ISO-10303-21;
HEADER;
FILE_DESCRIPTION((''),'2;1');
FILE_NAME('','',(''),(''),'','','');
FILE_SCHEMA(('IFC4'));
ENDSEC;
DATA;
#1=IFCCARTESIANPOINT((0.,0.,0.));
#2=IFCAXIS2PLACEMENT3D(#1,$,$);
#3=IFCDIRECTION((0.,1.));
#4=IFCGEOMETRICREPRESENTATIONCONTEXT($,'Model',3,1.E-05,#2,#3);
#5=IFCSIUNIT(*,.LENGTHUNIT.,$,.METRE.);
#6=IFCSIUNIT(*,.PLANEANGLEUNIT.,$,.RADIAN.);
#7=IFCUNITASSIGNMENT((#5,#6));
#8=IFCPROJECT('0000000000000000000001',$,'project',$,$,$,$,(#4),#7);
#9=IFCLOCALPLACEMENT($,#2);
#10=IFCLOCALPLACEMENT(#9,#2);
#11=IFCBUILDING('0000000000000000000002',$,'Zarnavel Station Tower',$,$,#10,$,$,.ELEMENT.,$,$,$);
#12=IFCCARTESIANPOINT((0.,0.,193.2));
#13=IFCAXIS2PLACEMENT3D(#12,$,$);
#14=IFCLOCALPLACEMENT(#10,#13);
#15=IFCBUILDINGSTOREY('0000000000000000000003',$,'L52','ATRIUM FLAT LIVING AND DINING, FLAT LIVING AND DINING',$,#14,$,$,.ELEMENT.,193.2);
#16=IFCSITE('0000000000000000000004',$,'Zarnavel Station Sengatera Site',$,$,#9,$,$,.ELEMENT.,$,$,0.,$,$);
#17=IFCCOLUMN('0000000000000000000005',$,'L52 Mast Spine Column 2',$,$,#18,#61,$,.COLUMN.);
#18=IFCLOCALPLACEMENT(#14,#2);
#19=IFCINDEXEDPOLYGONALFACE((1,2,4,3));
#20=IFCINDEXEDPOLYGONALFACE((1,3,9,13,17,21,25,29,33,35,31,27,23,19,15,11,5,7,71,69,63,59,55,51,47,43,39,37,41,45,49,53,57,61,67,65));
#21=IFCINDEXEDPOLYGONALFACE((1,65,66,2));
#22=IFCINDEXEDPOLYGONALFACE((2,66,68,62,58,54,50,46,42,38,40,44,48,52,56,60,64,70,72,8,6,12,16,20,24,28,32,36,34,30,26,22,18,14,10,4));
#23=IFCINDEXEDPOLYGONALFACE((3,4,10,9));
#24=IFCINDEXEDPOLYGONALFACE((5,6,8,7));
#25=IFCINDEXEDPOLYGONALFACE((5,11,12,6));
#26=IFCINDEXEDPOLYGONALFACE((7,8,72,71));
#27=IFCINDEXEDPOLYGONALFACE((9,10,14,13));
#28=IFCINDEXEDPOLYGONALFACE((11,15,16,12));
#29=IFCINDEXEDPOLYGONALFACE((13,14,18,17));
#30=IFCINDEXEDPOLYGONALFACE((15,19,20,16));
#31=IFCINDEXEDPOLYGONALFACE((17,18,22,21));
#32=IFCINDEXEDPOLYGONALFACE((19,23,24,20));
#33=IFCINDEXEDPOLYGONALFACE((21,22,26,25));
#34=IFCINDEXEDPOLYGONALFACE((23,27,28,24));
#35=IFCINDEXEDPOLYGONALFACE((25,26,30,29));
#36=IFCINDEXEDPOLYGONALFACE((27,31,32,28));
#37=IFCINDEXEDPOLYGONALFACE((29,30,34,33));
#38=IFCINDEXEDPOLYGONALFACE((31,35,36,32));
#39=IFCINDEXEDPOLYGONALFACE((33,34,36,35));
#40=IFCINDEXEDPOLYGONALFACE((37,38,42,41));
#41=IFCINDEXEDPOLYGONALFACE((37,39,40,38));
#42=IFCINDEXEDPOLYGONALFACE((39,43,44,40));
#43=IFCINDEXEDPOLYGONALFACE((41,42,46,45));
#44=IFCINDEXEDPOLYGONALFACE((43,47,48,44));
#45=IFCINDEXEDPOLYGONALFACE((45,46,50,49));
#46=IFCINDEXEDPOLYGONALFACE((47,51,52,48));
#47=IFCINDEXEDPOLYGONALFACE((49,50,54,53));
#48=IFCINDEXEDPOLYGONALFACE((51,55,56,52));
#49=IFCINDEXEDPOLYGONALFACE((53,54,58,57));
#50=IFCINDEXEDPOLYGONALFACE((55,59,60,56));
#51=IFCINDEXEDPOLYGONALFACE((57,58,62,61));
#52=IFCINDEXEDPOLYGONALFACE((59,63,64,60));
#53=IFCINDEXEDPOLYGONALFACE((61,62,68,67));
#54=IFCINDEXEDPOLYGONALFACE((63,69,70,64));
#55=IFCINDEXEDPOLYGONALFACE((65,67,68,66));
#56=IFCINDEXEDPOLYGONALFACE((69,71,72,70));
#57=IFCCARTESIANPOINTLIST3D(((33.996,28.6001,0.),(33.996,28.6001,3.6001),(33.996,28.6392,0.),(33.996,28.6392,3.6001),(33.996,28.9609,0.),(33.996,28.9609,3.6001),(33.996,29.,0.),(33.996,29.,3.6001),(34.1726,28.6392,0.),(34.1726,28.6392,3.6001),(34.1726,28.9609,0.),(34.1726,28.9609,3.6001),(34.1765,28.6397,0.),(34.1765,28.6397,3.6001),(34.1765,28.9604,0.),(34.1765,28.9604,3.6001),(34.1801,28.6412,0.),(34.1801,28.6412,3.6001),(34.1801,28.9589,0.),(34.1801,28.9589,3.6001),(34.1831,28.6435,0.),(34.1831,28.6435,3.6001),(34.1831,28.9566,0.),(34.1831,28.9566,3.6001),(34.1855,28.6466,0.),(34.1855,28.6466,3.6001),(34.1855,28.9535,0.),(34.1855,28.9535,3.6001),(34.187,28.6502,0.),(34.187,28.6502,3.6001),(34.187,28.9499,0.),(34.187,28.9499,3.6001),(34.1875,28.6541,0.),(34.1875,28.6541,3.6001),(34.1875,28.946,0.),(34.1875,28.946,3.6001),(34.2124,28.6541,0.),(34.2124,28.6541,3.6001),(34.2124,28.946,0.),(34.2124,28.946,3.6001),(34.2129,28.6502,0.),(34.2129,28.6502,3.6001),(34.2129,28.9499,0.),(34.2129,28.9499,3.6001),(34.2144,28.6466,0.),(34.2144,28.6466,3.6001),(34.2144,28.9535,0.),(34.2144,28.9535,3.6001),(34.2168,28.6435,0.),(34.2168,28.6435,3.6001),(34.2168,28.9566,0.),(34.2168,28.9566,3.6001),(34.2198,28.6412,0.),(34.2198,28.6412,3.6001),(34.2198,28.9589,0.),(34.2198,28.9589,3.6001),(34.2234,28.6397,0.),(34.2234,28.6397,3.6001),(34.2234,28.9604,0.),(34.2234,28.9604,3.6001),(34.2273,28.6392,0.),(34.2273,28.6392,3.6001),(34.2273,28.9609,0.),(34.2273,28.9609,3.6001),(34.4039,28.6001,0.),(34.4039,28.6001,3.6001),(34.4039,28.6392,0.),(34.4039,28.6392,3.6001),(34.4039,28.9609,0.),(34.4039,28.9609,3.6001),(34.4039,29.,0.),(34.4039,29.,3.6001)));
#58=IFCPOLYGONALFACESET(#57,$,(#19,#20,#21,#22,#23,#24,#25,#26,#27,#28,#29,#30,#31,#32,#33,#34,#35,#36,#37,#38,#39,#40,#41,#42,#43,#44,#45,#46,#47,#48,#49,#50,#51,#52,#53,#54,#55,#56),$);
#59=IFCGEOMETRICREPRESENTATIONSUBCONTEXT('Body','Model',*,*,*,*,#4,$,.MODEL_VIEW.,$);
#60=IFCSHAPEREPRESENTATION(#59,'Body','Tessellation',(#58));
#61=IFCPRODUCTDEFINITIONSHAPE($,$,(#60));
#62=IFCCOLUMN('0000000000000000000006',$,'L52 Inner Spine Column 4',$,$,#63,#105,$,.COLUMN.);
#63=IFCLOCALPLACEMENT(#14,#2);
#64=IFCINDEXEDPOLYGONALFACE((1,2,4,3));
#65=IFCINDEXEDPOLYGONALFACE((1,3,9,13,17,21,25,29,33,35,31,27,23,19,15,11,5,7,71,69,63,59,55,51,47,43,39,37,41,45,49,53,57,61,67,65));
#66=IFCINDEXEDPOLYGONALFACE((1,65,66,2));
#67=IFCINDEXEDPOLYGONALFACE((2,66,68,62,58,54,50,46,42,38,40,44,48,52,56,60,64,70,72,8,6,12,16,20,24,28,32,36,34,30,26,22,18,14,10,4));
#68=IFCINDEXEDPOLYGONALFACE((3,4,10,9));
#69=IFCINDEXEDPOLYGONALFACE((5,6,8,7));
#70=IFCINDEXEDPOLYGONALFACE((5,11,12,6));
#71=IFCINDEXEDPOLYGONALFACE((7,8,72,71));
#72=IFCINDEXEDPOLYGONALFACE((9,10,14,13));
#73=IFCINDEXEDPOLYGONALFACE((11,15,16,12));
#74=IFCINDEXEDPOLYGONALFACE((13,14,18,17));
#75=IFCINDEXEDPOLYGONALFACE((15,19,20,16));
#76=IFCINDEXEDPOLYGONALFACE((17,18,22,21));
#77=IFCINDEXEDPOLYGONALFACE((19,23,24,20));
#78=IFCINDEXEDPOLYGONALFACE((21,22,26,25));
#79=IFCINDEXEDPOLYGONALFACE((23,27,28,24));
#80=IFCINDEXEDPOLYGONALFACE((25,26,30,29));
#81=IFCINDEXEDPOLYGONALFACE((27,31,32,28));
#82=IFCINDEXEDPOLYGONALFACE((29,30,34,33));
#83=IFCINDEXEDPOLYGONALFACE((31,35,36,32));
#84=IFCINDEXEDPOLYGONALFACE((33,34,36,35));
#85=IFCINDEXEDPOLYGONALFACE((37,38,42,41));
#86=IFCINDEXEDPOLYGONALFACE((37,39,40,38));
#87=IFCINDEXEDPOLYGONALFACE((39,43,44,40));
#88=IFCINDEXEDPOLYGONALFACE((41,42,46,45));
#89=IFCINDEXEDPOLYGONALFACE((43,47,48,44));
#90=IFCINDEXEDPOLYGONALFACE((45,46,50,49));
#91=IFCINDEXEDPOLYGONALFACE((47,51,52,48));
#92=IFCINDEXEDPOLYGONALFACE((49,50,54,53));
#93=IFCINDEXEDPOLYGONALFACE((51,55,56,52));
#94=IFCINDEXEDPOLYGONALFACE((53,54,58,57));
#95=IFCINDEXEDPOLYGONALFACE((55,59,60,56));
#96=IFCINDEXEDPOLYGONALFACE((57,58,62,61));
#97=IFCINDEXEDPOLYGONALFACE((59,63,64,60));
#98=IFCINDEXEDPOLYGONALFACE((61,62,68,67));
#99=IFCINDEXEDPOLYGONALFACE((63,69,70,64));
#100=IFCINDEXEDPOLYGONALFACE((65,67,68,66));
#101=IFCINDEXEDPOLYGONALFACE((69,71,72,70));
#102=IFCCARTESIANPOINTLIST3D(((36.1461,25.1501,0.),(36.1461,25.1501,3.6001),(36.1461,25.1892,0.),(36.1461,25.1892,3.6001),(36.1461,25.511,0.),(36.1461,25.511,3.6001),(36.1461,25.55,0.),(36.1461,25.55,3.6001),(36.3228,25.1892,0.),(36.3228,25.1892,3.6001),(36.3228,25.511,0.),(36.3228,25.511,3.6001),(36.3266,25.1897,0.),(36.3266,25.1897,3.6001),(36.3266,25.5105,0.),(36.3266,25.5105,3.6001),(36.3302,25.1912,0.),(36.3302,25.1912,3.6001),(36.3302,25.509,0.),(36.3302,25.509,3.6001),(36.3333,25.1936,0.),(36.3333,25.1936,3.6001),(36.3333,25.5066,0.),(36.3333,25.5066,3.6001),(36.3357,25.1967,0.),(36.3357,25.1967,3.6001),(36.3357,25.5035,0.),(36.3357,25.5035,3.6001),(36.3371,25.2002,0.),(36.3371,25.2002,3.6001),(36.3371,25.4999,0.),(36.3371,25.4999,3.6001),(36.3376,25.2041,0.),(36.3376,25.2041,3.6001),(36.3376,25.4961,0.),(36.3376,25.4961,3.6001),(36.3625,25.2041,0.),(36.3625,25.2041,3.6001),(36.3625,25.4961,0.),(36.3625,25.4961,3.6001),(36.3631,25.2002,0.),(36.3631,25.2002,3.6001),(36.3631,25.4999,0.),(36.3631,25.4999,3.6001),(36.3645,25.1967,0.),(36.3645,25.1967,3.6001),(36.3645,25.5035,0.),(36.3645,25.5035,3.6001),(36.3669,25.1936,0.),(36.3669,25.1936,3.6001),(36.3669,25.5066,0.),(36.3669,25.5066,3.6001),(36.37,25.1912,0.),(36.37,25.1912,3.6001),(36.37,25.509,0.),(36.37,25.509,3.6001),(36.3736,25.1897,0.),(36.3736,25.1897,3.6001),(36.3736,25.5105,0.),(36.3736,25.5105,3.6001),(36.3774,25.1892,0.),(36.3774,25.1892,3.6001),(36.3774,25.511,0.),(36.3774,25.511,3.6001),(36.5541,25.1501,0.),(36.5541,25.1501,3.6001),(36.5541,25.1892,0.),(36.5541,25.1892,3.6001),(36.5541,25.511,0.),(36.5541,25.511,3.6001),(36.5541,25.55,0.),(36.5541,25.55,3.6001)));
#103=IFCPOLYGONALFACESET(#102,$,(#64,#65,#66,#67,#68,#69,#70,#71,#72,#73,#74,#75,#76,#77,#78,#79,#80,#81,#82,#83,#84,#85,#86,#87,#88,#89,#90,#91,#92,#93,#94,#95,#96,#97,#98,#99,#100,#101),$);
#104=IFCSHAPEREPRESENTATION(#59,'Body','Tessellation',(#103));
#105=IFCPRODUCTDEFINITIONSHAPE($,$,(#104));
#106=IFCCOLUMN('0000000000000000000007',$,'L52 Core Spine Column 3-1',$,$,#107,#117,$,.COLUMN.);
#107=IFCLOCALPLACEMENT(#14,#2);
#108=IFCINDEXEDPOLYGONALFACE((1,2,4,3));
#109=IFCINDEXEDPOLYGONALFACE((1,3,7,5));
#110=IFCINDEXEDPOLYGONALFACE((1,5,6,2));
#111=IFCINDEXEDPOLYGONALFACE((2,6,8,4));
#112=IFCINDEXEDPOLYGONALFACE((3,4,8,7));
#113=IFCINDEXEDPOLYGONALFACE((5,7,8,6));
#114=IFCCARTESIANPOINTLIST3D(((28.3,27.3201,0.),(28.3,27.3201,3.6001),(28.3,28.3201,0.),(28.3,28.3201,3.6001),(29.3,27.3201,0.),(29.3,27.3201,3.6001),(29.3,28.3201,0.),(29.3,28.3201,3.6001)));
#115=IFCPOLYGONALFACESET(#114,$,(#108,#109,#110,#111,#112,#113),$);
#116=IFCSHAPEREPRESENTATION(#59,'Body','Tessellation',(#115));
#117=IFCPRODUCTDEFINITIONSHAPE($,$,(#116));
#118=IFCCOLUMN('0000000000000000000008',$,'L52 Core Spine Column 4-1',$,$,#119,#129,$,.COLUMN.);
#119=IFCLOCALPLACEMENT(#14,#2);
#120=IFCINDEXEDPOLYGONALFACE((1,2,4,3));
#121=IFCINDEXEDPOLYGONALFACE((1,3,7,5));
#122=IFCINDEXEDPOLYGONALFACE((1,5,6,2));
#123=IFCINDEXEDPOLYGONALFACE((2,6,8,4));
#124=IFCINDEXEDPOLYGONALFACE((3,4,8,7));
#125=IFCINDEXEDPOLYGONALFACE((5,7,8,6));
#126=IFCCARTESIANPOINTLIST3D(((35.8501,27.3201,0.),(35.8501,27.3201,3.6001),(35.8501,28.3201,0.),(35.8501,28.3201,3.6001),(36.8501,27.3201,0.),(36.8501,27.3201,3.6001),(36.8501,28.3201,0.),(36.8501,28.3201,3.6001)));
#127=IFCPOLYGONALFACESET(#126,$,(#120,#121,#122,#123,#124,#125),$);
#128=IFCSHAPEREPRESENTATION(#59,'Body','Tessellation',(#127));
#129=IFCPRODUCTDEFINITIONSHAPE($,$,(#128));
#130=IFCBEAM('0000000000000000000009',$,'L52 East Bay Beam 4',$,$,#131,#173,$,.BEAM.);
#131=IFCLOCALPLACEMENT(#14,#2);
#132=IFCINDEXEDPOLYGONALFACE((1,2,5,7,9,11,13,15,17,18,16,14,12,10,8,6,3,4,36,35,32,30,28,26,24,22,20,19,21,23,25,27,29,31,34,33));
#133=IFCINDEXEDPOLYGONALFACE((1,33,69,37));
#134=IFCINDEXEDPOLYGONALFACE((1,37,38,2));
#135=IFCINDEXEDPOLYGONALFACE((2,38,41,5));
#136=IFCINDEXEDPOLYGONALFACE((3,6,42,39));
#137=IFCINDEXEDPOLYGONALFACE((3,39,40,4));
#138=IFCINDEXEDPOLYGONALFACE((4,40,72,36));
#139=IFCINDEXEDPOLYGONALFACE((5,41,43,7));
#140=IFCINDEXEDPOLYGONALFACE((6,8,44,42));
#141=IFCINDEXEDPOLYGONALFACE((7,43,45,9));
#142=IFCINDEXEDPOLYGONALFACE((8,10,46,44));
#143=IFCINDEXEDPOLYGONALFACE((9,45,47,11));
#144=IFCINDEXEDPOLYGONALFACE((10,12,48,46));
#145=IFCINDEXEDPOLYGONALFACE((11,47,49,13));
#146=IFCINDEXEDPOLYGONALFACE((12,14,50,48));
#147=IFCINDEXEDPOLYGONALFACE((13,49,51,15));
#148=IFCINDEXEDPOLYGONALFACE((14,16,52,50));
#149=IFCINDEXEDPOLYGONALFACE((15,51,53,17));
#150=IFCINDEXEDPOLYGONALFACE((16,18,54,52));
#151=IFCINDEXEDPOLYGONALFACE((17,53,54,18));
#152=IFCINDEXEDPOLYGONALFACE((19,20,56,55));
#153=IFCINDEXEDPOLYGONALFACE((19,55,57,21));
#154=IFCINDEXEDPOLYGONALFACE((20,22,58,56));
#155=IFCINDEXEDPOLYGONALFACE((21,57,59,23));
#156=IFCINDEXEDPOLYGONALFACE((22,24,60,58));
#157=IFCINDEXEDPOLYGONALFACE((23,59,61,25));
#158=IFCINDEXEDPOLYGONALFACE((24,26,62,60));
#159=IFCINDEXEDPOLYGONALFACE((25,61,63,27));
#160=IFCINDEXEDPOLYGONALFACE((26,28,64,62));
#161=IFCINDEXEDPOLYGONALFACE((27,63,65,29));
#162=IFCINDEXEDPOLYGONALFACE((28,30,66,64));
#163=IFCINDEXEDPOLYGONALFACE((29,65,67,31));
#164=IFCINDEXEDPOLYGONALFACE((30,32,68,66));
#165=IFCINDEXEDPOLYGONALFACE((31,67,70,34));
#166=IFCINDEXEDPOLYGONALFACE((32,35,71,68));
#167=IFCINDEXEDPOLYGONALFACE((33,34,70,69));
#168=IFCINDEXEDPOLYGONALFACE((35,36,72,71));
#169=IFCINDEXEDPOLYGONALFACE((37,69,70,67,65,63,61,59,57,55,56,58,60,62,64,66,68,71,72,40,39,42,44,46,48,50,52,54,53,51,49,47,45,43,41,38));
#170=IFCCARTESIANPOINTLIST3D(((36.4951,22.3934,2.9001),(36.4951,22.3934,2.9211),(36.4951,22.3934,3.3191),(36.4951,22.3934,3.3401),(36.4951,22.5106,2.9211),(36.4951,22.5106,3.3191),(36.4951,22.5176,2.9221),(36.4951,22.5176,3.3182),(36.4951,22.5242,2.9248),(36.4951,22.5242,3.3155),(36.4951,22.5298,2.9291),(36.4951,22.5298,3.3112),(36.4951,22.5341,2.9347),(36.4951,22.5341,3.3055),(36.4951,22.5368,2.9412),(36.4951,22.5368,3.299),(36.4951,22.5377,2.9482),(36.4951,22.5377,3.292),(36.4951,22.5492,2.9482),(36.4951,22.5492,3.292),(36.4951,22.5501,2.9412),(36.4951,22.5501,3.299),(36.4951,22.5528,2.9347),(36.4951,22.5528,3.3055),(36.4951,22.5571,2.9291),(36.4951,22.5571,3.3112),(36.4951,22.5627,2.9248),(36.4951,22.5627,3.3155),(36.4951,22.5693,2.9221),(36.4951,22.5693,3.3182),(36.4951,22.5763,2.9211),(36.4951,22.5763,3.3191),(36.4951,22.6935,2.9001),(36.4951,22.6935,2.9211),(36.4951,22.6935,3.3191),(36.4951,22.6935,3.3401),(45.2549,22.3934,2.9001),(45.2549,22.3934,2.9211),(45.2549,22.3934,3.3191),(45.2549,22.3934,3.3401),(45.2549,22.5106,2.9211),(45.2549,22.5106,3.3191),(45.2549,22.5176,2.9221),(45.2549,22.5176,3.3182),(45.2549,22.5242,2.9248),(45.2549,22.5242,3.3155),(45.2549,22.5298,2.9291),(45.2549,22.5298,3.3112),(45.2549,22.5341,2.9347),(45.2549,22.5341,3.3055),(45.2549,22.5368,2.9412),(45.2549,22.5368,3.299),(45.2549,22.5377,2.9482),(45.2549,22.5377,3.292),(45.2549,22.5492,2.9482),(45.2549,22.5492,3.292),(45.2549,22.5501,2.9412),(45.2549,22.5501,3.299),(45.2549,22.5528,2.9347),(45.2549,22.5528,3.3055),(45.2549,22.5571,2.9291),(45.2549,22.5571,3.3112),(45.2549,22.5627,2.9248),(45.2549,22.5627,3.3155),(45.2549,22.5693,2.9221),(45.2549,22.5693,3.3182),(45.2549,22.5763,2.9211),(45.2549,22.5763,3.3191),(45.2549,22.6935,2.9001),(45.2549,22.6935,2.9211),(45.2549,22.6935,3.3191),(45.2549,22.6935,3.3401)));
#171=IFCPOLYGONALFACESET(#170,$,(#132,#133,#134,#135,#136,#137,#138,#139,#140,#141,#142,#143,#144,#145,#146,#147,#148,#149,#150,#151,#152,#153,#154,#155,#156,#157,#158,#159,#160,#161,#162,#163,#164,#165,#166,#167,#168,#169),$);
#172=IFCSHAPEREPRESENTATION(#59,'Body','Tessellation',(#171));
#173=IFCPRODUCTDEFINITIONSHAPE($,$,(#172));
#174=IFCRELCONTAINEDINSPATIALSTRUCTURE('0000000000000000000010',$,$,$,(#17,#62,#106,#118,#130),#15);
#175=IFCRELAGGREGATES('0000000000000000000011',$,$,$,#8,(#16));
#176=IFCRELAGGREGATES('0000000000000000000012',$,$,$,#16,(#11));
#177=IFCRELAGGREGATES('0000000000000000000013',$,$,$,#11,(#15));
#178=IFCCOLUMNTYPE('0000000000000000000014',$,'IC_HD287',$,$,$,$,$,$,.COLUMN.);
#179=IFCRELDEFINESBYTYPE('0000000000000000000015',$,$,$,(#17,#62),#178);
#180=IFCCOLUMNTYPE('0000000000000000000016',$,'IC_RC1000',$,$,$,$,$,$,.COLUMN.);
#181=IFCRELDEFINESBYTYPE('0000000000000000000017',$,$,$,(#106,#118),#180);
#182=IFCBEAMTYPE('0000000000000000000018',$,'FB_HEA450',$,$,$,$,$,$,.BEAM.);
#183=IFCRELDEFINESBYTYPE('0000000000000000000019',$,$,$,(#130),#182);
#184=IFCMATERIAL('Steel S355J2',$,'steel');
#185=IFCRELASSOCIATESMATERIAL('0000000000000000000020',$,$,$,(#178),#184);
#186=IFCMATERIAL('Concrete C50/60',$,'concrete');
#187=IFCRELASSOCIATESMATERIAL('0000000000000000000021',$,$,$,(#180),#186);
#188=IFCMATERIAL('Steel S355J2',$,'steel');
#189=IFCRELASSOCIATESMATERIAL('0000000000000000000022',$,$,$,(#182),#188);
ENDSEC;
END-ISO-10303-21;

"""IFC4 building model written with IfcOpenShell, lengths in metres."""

from ifc_helpers import new_model, si_unit, direction, frame, origin, origin_2d, place, context, subcontext, project, spatial, rectangle, i_section, extrude, material, material_profile, profile_set, type_object, element, save


model = new_model("IFC4")

# Units and contexts
model_context = context("Model", 3, precision=1e-05, world=origin(), true_north=direction((0.0, 1.0)))
body_context = subcontext(model_context, "Body", "Model", "MODEL_VIEW")
ifc_project = project(units=[si_unit("LENGTHUNIT", "METRE"), si_unit("PLANEANGLEUNIT", "RADIAN")], contexts=[model_context])

# Site, building, storey
site_placement = place(None, origin())
site = spatial("IfcSite", under=ifc_project, at=site_placement, Name="Zarnavel Station Sengatera Site", CompositionType="ELEMENT", RefElevation=0.0)
building_placement = place(site_placement, origin())
building = spatial("IfcBuilding", under=site, at=building_placement, Name="Zarnavel Station Tower", CompositionType="ELEMENT")
storey_placement = place(building_placement, frame((0.0, 0.0, 193.2)))
storey = spatial("IfcBuildingStorey", under=building, at=storey_placement, Name="L52", Description="ATRIUM FLAT LIVING AND DINING, FLAT LIVING AND DINING", CompositionType="ELEMENT", Elevation=193.2)

# Columns
ifc_material_1 = material(Name="Steel S355J2", Category="steel")
ifc_material_profile_1 = material_profile(ifc_material_1, i_section(OverallWidth=0.408, OverallDepth=0.3999, WebThickness=0.0249, FlangeThickness=0.0391, FilletRadius=0.0149, at=origin_2d()), Name="HD400x287")
ifc_profile_set_1 = profile_set([ifc_material_profile_1], Name="Steel S355J2")
column_type_1 = type_object("IfcColumnType", Name="IC_HD287", PredefinedType="COLUMN", material=ifc_profile_set_1)
for number, where, z_axis, x_axis, name in (
    (1, (34.2, 28.8, 0.0), (0.0, 0.0, 1.0), (1.0, 0.0, 0.0), "L52 Mast Spine Column 2"),
    (2, (36.3501, 25.3501, 0.0), (0.0, 0.0, 1.0), (1.0, 0.0, 0.0), "L52 Inner Spine Column 4"),
):
    element("IfcColumn", number, at=place(storey_placement, frame(where, z_axis=z_axis, x_axis=x_axis)), inside=storey, type_object=column_type_1, Name=name, PredefinedType="COLUMN", context=body_context, shape_type="SweptSolid", body=[
        extrude(i_section(OverallWidth=0.408, OverallDepth=0.3999, WebThickness=0.0249, FlangeThickness=0.0391, FilletRadius=0.0149, at=origin_2d()), origin(), (0.0, 0.0, 1.0), 3.6001),
    ])
ifc_material_2 = material(Name="Concrete C50/60", Category="concrete")
ifc_material_profile_2 = material_profile(ifc_material_2, rectangle(XDim=1.0, YDim=1.0, at=origin_2d()), Name="RC1000x1000")
ifc_profile_set_2 = profile_set([ifc_material_profile_2], Name="Concrete C50/60")
column_type_2 = type_object("IfcColumnType", Name="IC_RC1000", PredefinedType="COLUMN", material=ifc_profile_set_2)
for number, where, z_axis, x_axis, name in (
    (3, (28.8, 27.8201, 0.0), (0.0, 0.0, 1.0), (1.0, 0.0, 0.0), "L52 Core Spine Column 3-1"),
    (4, (36.3501, 27.8201, 0.0), (0.0, 0.0, 1.0), (1.0, 0.0, 0.0), "L52 Core Spine Column 4-1"),
):
    element("IfcColumn", number, at=place(storey_placement, frame(where, z_axis=z_axis, x_axis=x_axis)), inside=storey, type_object=column_type_2, Name=name, PredefinedType="COLUMN", context=body_context, shape_type="SweptSolid", body=[
        extrude(rectangle(XDim=1.0, YDim=1.0, at=origin_2d()), origin(), (0.0, 0.0, 1.0), 3.6001),
    ])

# Beam
ifc_material_3 = material(Name="Steel S355J2", Category="steel")
ifc_material_profile_3 = material_profile(ifc_material_3, i_section(OverallWidth=0.3, OverallDepth=0.4399, WebThickness=0.0115, FlangeThickness=0.021, FilletRadius=0.0271, at=origin_2d()), Name="HEA450")
ifc_profile_set_3 = profile_set([ifc_material_profile_3], Name="Steel S355J2")
beam_type_1 = type_object("IfcBeamType", Name="FB_HEA450", PredefinedType="BEAM", material=ifc_profile_set_3)
beam_1_placement = place(storey_placement, frame((36.4951, 22.5435, 3.1201), z_axis=(1.0, 0.0, 0.0), x_axis=(0.0, 1.0, 0.0)))
element("IfcBeam", 5, at=beam_1_placement, inside=storey, type_object=beam_type_1, Name="L52 East Bay Beam 4", PredefinedType="BEAM", context=body_context, shape_type="SweptSolid", body=[
    extrude(i_section(OverallWidth=0.3, OverallDepth=0.4399, WebThickness=0.0115, FlangeThickness=0.021, FilletRadius=0.0271, at=origin_2d()), origin(), (0.0, 0.0, 1.0), 8.7598),
])

save(model, "model.ifc")
